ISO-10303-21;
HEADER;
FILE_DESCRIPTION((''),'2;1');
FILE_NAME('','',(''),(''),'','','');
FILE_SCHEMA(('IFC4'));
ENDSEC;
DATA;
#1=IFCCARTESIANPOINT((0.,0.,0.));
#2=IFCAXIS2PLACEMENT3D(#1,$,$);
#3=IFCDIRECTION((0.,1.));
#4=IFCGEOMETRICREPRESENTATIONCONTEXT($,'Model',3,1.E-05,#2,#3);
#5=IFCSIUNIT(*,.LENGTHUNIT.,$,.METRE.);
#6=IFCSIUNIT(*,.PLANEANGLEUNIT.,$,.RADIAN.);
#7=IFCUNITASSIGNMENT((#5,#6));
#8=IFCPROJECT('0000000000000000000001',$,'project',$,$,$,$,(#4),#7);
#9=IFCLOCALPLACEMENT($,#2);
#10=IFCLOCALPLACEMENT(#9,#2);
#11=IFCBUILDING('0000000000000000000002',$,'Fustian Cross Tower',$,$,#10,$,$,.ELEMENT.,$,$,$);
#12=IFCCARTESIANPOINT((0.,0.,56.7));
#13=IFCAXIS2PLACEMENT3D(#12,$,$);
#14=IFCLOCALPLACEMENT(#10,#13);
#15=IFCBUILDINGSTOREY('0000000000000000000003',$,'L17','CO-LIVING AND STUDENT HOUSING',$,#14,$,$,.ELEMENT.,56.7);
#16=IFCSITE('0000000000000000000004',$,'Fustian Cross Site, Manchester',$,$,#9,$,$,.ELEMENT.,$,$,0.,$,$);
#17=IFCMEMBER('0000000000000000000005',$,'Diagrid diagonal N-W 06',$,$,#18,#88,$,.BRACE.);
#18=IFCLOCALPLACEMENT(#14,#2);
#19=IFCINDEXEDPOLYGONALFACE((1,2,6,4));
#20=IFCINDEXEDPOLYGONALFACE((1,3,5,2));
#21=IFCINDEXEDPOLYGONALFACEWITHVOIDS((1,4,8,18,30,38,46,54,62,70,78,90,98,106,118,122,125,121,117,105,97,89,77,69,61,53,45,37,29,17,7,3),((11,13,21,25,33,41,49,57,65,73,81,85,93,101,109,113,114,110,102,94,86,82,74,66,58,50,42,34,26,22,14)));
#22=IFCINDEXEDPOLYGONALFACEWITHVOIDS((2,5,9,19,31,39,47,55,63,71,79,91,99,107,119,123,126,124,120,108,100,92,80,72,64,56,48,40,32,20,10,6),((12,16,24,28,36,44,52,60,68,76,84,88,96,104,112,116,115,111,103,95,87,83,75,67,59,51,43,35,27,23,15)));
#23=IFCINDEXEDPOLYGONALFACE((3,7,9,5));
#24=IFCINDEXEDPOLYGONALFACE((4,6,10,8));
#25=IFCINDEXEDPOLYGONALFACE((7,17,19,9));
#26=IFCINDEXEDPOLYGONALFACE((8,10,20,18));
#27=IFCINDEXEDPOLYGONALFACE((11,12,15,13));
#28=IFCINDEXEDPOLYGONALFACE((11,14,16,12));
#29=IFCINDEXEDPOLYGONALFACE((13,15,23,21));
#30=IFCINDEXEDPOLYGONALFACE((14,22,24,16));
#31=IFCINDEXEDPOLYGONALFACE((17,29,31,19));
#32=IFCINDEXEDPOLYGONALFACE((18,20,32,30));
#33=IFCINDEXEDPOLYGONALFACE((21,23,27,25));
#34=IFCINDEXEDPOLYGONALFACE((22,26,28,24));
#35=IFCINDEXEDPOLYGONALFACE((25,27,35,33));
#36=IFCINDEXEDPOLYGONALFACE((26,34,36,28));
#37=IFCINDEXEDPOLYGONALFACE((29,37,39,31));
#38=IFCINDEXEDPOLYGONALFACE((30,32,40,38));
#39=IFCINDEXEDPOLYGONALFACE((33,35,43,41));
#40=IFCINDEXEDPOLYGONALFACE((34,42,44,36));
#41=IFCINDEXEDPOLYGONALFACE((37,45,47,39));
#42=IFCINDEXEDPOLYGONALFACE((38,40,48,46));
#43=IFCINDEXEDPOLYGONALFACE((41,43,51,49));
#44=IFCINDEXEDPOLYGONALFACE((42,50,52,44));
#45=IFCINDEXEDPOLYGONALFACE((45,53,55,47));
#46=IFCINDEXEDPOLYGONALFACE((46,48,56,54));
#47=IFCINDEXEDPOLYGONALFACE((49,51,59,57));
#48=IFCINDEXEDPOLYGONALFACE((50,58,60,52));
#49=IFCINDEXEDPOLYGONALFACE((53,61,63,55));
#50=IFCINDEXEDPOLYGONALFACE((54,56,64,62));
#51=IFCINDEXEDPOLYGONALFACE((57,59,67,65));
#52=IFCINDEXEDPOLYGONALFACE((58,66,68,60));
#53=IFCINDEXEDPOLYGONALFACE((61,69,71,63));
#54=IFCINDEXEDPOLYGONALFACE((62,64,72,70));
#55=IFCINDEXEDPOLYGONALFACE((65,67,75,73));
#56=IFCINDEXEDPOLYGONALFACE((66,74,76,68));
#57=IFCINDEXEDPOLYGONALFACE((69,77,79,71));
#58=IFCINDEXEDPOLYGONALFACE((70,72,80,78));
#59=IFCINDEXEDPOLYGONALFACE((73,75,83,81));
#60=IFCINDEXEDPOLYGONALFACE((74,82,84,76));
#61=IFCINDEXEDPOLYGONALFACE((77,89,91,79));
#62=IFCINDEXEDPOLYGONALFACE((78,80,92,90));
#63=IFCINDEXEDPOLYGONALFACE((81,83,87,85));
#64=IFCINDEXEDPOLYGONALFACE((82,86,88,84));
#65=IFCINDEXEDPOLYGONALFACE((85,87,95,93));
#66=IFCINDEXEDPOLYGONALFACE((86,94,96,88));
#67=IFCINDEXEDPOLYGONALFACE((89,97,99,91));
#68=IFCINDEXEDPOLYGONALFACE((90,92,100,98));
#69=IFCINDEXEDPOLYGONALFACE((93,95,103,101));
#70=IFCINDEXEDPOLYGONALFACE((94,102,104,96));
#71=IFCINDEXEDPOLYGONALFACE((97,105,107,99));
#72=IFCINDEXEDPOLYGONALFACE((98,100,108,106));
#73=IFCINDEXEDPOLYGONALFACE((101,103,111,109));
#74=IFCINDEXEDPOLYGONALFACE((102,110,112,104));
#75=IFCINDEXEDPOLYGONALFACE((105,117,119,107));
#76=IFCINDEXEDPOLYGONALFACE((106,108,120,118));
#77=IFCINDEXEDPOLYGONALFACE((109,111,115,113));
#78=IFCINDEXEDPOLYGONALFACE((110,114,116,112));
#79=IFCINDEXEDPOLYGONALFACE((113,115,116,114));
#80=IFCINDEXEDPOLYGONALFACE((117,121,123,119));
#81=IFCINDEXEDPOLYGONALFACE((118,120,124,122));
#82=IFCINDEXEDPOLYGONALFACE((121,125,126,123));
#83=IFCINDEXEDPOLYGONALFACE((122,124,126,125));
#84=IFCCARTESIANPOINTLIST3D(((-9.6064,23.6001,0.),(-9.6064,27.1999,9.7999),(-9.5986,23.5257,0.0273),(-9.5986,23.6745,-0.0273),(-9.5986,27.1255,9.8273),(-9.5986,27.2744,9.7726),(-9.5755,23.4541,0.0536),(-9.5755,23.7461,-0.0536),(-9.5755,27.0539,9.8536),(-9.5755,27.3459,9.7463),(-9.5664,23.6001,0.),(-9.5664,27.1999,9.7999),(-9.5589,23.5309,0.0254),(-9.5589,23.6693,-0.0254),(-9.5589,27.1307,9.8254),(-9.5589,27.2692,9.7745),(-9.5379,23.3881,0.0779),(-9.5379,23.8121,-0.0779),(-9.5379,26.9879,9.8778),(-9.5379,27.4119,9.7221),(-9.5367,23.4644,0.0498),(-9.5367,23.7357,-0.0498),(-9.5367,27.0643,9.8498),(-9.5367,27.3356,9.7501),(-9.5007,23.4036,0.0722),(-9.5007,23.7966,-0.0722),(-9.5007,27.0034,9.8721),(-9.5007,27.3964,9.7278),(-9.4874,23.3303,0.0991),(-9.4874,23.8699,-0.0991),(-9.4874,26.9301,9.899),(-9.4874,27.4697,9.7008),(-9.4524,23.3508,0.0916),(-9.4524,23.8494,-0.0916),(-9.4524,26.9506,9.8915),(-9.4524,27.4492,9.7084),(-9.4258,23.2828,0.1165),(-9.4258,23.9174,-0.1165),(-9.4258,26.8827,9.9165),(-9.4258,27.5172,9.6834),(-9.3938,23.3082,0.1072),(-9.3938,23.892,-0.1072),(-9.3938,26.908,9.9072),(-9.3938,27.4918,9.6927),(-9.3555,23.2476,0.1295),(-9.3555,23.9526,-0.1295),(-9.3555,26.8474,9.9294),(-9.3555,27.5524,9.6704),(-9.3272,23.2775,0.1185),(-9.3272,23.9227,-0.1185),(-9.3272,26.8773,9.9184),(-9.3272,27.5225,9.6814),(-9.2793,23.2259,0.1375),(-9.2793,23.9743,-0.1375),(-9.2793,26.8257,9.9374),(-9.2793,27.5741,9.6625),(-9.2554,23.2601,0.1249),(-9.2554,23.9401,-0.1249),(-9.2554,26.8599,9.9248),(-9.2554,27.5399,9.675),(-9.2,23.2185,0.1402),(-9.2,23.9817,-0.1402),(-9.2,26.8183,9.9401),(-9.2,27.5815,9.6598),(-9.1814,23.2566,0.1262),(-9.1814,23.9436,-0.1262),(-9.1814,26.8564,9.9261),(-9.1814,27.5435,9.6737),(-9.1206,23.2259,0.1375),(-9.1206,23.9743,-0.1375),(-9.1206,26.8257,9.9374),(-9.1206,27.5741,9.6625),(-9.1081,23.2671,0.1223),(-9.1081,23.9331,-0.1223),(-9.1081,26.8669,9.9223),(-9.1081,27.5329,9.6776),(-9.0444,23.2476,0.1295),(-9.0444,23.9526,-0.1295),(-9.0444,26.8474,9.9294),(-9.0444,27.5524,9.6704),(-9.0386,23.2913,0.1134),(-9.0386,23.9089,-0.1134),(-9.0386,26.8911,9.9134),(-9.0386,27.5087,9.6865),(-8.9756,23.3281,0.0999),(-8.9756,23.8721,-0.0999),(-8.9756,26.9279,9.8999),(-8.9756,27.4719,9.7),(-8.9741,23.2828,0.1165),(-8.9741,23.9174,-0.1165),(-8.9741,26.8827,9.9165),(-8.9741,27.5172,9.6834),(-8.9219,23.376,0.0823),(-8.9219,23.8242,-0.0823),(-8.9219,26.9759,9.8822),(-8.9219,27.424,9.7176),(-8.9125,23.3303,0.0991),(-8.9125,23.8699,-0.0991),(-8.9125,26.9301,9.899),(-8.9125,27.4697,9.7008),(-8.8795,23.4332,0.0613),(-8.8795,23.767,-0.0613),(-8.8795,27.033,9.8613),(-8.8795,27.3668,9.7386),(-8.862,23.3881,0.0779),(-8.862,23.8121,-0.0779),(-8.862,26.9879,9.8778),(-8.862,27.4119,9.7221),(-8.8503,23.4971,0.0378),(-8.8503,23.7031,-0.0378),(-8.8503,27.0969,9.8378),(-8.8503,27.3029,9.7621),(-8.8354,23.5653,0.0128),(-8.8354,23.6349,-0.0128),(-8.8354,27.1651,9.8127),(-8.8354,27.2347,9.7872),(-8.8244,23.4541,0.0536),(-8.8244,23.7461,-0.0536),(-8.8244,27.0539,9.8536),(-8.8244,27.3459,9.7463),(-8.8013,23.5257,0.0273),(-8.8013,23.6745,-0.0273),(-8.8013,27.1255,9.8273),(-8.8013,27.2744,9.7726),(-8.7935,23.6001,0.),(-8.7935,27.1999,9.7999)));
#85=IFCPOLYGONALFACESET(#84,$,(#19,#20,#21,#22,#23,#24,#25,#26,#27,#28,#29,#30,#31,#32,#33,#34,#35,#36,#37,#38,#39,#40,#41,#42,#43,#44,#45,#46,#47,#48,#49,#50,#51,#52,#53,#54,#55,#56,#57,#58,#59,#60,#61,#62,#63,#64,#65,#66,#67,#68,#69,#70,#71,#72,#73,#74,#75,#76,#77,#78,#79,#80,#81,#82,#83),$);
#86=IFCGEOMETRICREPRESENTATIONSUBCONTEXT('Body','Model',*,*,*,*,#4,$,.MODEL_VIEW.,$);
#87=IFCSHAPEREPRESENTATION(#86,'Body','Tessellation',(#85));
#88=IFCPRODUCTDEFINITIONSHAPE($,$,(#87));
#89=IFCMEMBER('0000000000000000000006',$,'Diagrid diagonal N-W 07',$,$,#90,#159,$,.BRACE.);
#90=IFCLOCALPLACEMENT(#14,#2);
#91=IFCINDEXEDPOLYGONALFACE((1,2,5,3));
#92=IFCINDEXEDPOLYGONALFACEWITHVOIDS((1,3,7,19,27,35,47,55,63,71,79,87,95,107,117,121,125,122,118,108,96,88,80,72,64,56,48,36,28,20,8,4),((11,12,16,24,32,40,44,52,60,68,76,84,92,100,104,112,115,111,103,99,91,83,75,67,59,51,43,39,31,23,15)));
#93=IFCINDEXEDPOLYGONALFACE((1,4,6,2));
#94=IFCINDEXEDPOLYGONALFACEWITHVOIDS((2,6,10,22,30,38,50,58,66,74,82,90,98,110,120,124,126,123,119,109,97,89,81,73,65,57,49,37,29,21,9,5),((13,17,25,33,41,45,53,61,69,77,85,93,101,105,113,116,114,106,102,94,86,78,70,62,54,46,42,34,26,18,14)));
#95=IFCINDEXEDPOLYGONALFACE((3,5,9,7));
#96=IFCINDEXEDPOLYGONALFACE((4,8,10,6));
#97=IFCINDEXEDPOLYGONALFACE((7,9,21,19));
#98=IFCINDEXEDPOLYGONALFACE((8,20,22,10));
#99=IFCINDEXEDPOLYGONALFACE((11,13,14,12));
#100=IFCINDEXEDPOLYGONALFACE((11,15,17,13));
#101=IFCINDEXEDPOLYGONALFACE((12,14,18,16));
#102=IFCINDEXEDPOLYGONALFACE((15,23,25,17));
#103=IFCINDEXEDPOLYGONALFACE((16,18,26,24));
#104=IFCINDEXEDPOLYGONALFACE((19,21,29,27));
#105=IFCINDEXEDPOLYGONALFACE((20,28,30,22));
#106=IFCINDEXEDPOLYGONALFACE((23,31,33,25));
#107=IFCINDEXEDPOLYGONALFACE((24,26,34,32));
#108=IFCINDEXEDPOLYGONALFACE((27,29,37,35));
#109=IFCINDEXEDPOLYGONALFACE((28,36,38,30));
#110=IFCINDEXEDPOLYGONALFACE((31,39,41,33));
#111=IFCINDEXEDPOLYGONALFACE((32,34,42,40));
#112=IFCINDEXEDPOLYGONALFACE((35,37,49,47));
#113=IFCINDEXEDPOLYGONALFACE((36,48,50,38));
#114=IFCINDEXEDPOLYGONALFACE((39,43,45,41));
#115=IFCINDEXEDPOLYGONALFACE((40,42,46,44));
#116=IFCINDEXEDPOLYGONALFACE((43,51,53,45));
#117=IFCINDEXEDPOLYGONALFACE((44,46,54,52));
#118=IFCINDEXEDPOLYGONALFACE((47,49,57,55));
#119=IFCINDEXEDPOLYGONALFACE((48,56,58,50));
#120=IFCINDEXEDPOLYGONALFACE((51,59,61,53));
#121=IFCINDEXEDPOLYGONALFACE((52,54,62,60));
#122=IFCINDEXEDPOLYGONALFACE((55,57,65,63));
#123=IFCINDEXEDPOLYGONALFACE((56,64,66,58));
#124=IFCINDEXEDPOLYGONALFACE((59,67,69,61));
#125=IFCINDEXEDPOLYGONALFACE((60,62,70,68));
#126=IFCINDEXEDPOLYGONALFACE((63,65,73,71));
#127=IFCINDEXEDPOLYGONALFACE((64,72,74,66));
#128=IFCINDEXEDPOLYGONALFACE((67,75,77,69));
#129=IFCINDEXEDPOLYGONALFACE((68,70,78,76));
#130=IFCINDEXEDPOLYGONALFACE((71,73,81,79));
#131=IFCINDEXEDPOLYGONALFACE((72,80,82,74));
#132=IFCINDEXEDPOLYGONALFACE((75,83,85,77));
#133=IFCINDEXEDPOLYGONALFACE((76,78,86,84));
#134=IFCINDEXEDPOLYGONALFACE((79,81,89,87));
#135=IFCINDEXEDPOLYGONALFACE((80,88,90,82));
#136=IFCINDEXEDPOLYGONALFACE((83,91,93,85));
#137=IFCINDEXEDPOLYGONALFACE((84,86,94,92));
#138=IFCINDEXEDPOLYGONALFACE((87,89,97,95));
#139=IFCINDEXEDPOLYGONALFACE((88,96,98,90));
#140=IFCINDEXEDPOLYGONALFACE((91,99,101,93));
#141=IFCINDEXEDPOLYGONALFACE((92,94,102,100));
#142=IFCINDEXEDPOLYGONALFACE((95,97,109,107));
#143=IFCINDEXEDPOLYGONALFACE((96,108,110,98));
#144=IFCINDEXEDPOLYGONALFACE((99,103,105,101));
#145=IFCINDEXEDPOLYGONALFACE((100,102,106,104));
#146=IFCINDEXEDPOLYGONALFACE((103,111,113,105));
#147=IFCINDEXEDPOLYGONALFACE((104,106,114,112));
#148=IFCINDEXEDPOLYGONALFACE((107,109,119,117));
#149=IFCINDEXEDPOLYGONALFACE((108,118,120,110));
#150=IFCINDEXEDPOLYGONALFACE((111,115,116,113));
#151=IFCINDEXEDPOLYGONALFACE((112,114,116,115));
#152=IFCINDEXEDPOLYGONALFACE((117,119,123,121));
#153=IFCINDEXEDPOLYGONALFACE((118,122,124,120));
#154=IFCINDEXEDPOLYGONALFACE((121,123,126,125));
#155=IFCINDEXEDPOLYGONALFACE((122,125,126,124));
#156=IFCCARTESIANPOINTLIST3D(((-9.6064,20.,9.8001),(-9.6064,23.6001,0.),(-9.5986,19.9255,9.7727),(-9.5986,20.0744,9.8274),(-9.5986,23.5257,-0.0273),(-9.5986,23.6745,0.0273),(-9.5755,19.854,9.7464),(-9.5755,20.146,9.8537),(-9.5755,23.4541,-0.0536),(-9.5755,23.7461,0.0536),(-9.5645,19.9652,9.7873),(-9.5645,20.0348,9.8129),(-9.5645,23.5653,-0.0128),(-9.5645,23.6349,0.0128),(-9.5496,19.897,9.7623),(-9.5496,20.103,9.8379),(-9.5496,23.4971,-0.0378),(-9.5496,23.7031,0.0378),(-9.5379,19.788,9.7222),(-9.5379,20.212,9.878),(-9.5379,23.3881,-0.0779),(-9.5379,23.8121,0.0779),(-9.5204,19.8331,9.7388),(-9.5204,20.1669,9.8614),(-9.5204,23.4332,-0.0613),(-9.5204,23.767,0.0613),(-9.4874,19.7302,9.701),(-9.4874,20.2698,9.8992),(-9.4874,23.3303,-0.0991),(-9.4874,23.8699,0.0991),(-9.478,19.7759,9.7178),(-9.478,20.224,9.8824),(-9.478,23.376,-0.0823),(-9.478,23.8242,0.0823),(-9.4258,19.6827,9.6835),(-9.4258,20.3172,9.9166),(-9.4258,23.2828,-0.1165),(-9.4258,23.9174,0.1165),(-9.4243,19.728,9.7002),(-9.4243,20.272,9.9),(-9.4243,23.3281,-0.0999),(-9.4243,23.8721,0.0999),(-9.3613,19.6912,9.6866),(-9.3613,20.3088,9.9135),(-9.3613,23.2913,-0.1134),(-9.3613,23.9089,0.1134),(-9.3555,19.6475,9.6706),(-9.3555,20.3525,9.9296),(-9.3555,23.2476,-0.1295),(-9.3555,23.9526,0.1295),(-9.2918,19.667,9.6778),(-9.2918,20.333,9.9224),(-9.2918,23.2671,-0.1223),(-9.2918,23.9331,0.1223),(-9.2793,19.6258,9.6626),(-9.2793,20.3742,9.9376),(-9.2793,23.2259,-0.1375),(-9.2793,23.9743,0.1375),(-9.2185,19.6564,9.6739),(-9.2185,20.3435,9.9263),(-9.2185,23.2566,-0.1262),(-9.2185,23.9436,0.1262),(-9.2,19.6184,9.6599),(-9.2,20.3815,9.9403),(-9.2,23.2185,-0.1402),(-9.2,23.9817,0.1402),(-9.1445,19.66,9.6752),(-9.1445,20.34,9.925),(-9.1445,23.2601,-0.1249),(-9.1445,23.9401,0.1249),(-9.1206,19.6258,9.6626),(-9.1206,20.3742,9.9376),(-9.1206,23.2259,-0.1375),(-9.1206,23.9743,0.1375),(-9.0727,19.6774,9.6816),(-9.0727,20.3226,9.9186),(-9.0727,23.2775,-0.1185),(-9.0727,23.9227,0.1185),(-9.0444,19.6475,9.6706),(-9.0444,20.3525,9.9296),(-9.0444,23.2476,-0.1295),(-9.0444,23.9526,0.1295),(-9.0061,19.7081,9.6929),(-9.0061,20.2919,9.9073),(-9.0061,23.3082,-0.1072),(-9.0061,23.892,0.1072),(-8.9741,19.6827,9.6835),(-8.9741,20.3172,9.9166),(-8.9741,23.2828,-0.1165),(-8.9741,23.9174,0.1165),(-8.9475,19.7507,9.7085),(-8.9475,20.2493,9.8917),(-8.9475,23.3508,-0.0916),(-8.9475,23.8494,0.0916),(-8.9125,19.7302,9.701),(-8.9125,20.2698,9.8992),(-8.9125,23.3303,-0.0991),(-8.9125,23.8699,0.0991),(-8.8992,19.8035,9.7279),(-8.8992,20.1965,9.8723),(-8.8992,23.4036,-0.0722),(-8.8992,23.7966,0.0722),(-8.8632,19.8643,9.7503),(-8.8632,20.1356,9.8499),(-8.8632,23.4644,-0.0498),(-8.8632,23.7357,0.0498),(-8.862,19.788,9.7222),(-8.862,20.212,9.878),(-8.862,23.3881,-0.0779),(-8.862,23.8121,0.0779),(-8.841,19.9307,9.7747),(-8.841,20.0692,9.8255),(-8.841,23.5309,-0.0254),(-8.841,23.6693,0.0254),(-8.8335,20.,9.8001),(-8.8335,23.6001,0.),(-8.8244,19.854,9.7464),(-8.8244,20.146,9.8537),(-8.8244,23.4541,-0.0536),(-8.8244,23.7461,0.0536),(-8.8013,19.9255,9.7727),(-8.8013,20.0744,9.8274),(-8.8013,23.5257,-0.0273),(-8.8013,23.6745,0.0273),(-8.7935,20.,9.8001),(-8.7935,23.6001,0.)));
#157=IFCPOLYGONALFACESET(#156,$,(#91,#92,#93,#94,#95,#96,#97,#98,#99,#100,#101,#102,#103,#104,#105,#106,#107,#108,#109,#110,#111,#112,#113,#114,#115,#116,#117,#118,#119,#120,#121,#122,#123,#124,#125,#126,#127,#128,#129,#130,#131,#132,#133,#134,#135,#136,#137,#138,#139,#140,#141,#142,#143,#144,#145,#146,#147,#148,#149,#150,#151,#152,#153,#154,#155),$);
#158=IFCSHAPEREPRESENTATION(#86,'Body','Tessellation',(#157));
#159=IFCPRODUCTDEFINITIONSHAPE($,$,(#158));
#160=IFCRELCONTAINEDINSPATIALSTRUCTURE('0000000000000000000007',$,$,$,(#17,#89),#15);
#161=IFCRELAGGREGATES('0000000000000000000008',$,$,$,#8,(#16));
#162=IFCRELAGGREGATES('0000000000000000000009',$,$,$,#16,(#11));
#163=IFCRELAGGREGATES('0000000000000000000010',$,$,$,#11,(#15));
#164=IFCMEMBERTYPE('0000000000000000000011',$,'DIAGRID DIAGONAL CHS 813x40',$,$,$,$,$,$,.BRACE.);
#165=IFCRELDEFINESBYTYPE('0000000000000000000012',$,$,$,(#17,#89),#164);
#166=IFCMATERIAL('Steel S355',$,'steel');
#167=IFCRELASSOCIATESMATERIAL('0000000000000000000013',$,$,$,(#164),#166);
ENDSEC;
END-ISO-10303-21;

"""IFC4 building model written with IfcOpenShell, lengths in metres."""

from ifc_helpers import new_model, si_unit, direction, frame, origin, origin_2d, place, context, subcontext, project, spatial, hollow_circle, extrude, material, material_profile, profile_set, type_object, element, save


model = new_model("IFC4")

# Units and contexts
model_context = context("Model", 3, precision=1e-05, world=origin(), true_north=direction((0.0, 1.0)))
body_context = subcontext(model_context, "Body", "Model", "MODEL_VIEW")
ifc_project = project(units=[si_unit("LENGTHUNIT", "METRE"), si_unit("PLANEANGLEUNIT", "RADIAN")], contexts=[model_context])

# Site, building, storey
site_placement = place(None, origin())
site = spatial("IfcSite", under=ifc_project, at=site_placement, Name="Fustian Cross Site, Manchester", CompositionType="ELEMENT", RefElevation=0.0)
building_placement = place(site_placement, origin())
building = spatial("IfcBuilding", under=site, at=building_placement, Name="Fustian Cross Tower", CompositionType="ELEMENT")
storey_placement = place(building_placement, frame((0.0, 0.0, 56.7)))
storey = spatial("IfcBuildingStorey", under=building, at=storey_placement, Name="L17", Description="CO-LIVING AND STUDENT HOUSING", CompositionType="ELEMENT", Elevation=56.7)

# Members
ifc_material_1 = material(Name="Steel S355", Category="steel")
ifc_material_profile_1 = material_profile(ifc_material_1, hollow_circle(Radius=0.4065, WallThickness=0.04, at=origin_2d()), Name="CHS 813x40")
ifc_profile_set_1 = profile_set([ifc_material_profile_1], Name="Steel S355")
member_type_1 = type_object("IfcMemberType", Name="DIAGRID DIAGONAL CHS 813x40", PredefinedType="BRACE", material=ifc_profile_set_1)
member_1_placement = place(storey_placement, frame((-9.2, 23.6001, 0.0), z_axis=(0.0, 0.344804, 0.938675), x_axis=(-1.0, 0.0, 0.0)))
element("IfcMember", 1, at=member_1_placement, inside=storey, type_object=member_type_1, Name="Diagrid diagonal N-W 06", PredefinedType="BRACE", context=body_context, shape_type="SweptSolid", body=[
    extrude(hollow_circle(Radius=0.4065, WallThickness=0.04, at=origin_2d()), origin(), (0.0, 0.0, 1.0), 10.4402),
])
for number, where, z_axis, x_axis, name in (
    (2, (-9.2, 23.6001, 0.0), (0.0, -0.344824, 0.938667), (1.0, 0.0, 0.0), "Diagrid diagonal N-W 07"),
):
    element("IfcMember", number, at=place(storey_placement, frame(where, z_axis=z_axis, x_axis=x_axis)), inside=storey, type_object=member_type_1, Name=name, PredefinedType="BRACE", context=body_context, shape_type="SweptSolid", body=[
        extrude(hollow_circle(Radius=0.4065, WallThickness=0.04, at=origin_2d()), origin(), (0.0, 0.0, 1.0), 10.4404),
    ])

save(model, "model.ifc")
